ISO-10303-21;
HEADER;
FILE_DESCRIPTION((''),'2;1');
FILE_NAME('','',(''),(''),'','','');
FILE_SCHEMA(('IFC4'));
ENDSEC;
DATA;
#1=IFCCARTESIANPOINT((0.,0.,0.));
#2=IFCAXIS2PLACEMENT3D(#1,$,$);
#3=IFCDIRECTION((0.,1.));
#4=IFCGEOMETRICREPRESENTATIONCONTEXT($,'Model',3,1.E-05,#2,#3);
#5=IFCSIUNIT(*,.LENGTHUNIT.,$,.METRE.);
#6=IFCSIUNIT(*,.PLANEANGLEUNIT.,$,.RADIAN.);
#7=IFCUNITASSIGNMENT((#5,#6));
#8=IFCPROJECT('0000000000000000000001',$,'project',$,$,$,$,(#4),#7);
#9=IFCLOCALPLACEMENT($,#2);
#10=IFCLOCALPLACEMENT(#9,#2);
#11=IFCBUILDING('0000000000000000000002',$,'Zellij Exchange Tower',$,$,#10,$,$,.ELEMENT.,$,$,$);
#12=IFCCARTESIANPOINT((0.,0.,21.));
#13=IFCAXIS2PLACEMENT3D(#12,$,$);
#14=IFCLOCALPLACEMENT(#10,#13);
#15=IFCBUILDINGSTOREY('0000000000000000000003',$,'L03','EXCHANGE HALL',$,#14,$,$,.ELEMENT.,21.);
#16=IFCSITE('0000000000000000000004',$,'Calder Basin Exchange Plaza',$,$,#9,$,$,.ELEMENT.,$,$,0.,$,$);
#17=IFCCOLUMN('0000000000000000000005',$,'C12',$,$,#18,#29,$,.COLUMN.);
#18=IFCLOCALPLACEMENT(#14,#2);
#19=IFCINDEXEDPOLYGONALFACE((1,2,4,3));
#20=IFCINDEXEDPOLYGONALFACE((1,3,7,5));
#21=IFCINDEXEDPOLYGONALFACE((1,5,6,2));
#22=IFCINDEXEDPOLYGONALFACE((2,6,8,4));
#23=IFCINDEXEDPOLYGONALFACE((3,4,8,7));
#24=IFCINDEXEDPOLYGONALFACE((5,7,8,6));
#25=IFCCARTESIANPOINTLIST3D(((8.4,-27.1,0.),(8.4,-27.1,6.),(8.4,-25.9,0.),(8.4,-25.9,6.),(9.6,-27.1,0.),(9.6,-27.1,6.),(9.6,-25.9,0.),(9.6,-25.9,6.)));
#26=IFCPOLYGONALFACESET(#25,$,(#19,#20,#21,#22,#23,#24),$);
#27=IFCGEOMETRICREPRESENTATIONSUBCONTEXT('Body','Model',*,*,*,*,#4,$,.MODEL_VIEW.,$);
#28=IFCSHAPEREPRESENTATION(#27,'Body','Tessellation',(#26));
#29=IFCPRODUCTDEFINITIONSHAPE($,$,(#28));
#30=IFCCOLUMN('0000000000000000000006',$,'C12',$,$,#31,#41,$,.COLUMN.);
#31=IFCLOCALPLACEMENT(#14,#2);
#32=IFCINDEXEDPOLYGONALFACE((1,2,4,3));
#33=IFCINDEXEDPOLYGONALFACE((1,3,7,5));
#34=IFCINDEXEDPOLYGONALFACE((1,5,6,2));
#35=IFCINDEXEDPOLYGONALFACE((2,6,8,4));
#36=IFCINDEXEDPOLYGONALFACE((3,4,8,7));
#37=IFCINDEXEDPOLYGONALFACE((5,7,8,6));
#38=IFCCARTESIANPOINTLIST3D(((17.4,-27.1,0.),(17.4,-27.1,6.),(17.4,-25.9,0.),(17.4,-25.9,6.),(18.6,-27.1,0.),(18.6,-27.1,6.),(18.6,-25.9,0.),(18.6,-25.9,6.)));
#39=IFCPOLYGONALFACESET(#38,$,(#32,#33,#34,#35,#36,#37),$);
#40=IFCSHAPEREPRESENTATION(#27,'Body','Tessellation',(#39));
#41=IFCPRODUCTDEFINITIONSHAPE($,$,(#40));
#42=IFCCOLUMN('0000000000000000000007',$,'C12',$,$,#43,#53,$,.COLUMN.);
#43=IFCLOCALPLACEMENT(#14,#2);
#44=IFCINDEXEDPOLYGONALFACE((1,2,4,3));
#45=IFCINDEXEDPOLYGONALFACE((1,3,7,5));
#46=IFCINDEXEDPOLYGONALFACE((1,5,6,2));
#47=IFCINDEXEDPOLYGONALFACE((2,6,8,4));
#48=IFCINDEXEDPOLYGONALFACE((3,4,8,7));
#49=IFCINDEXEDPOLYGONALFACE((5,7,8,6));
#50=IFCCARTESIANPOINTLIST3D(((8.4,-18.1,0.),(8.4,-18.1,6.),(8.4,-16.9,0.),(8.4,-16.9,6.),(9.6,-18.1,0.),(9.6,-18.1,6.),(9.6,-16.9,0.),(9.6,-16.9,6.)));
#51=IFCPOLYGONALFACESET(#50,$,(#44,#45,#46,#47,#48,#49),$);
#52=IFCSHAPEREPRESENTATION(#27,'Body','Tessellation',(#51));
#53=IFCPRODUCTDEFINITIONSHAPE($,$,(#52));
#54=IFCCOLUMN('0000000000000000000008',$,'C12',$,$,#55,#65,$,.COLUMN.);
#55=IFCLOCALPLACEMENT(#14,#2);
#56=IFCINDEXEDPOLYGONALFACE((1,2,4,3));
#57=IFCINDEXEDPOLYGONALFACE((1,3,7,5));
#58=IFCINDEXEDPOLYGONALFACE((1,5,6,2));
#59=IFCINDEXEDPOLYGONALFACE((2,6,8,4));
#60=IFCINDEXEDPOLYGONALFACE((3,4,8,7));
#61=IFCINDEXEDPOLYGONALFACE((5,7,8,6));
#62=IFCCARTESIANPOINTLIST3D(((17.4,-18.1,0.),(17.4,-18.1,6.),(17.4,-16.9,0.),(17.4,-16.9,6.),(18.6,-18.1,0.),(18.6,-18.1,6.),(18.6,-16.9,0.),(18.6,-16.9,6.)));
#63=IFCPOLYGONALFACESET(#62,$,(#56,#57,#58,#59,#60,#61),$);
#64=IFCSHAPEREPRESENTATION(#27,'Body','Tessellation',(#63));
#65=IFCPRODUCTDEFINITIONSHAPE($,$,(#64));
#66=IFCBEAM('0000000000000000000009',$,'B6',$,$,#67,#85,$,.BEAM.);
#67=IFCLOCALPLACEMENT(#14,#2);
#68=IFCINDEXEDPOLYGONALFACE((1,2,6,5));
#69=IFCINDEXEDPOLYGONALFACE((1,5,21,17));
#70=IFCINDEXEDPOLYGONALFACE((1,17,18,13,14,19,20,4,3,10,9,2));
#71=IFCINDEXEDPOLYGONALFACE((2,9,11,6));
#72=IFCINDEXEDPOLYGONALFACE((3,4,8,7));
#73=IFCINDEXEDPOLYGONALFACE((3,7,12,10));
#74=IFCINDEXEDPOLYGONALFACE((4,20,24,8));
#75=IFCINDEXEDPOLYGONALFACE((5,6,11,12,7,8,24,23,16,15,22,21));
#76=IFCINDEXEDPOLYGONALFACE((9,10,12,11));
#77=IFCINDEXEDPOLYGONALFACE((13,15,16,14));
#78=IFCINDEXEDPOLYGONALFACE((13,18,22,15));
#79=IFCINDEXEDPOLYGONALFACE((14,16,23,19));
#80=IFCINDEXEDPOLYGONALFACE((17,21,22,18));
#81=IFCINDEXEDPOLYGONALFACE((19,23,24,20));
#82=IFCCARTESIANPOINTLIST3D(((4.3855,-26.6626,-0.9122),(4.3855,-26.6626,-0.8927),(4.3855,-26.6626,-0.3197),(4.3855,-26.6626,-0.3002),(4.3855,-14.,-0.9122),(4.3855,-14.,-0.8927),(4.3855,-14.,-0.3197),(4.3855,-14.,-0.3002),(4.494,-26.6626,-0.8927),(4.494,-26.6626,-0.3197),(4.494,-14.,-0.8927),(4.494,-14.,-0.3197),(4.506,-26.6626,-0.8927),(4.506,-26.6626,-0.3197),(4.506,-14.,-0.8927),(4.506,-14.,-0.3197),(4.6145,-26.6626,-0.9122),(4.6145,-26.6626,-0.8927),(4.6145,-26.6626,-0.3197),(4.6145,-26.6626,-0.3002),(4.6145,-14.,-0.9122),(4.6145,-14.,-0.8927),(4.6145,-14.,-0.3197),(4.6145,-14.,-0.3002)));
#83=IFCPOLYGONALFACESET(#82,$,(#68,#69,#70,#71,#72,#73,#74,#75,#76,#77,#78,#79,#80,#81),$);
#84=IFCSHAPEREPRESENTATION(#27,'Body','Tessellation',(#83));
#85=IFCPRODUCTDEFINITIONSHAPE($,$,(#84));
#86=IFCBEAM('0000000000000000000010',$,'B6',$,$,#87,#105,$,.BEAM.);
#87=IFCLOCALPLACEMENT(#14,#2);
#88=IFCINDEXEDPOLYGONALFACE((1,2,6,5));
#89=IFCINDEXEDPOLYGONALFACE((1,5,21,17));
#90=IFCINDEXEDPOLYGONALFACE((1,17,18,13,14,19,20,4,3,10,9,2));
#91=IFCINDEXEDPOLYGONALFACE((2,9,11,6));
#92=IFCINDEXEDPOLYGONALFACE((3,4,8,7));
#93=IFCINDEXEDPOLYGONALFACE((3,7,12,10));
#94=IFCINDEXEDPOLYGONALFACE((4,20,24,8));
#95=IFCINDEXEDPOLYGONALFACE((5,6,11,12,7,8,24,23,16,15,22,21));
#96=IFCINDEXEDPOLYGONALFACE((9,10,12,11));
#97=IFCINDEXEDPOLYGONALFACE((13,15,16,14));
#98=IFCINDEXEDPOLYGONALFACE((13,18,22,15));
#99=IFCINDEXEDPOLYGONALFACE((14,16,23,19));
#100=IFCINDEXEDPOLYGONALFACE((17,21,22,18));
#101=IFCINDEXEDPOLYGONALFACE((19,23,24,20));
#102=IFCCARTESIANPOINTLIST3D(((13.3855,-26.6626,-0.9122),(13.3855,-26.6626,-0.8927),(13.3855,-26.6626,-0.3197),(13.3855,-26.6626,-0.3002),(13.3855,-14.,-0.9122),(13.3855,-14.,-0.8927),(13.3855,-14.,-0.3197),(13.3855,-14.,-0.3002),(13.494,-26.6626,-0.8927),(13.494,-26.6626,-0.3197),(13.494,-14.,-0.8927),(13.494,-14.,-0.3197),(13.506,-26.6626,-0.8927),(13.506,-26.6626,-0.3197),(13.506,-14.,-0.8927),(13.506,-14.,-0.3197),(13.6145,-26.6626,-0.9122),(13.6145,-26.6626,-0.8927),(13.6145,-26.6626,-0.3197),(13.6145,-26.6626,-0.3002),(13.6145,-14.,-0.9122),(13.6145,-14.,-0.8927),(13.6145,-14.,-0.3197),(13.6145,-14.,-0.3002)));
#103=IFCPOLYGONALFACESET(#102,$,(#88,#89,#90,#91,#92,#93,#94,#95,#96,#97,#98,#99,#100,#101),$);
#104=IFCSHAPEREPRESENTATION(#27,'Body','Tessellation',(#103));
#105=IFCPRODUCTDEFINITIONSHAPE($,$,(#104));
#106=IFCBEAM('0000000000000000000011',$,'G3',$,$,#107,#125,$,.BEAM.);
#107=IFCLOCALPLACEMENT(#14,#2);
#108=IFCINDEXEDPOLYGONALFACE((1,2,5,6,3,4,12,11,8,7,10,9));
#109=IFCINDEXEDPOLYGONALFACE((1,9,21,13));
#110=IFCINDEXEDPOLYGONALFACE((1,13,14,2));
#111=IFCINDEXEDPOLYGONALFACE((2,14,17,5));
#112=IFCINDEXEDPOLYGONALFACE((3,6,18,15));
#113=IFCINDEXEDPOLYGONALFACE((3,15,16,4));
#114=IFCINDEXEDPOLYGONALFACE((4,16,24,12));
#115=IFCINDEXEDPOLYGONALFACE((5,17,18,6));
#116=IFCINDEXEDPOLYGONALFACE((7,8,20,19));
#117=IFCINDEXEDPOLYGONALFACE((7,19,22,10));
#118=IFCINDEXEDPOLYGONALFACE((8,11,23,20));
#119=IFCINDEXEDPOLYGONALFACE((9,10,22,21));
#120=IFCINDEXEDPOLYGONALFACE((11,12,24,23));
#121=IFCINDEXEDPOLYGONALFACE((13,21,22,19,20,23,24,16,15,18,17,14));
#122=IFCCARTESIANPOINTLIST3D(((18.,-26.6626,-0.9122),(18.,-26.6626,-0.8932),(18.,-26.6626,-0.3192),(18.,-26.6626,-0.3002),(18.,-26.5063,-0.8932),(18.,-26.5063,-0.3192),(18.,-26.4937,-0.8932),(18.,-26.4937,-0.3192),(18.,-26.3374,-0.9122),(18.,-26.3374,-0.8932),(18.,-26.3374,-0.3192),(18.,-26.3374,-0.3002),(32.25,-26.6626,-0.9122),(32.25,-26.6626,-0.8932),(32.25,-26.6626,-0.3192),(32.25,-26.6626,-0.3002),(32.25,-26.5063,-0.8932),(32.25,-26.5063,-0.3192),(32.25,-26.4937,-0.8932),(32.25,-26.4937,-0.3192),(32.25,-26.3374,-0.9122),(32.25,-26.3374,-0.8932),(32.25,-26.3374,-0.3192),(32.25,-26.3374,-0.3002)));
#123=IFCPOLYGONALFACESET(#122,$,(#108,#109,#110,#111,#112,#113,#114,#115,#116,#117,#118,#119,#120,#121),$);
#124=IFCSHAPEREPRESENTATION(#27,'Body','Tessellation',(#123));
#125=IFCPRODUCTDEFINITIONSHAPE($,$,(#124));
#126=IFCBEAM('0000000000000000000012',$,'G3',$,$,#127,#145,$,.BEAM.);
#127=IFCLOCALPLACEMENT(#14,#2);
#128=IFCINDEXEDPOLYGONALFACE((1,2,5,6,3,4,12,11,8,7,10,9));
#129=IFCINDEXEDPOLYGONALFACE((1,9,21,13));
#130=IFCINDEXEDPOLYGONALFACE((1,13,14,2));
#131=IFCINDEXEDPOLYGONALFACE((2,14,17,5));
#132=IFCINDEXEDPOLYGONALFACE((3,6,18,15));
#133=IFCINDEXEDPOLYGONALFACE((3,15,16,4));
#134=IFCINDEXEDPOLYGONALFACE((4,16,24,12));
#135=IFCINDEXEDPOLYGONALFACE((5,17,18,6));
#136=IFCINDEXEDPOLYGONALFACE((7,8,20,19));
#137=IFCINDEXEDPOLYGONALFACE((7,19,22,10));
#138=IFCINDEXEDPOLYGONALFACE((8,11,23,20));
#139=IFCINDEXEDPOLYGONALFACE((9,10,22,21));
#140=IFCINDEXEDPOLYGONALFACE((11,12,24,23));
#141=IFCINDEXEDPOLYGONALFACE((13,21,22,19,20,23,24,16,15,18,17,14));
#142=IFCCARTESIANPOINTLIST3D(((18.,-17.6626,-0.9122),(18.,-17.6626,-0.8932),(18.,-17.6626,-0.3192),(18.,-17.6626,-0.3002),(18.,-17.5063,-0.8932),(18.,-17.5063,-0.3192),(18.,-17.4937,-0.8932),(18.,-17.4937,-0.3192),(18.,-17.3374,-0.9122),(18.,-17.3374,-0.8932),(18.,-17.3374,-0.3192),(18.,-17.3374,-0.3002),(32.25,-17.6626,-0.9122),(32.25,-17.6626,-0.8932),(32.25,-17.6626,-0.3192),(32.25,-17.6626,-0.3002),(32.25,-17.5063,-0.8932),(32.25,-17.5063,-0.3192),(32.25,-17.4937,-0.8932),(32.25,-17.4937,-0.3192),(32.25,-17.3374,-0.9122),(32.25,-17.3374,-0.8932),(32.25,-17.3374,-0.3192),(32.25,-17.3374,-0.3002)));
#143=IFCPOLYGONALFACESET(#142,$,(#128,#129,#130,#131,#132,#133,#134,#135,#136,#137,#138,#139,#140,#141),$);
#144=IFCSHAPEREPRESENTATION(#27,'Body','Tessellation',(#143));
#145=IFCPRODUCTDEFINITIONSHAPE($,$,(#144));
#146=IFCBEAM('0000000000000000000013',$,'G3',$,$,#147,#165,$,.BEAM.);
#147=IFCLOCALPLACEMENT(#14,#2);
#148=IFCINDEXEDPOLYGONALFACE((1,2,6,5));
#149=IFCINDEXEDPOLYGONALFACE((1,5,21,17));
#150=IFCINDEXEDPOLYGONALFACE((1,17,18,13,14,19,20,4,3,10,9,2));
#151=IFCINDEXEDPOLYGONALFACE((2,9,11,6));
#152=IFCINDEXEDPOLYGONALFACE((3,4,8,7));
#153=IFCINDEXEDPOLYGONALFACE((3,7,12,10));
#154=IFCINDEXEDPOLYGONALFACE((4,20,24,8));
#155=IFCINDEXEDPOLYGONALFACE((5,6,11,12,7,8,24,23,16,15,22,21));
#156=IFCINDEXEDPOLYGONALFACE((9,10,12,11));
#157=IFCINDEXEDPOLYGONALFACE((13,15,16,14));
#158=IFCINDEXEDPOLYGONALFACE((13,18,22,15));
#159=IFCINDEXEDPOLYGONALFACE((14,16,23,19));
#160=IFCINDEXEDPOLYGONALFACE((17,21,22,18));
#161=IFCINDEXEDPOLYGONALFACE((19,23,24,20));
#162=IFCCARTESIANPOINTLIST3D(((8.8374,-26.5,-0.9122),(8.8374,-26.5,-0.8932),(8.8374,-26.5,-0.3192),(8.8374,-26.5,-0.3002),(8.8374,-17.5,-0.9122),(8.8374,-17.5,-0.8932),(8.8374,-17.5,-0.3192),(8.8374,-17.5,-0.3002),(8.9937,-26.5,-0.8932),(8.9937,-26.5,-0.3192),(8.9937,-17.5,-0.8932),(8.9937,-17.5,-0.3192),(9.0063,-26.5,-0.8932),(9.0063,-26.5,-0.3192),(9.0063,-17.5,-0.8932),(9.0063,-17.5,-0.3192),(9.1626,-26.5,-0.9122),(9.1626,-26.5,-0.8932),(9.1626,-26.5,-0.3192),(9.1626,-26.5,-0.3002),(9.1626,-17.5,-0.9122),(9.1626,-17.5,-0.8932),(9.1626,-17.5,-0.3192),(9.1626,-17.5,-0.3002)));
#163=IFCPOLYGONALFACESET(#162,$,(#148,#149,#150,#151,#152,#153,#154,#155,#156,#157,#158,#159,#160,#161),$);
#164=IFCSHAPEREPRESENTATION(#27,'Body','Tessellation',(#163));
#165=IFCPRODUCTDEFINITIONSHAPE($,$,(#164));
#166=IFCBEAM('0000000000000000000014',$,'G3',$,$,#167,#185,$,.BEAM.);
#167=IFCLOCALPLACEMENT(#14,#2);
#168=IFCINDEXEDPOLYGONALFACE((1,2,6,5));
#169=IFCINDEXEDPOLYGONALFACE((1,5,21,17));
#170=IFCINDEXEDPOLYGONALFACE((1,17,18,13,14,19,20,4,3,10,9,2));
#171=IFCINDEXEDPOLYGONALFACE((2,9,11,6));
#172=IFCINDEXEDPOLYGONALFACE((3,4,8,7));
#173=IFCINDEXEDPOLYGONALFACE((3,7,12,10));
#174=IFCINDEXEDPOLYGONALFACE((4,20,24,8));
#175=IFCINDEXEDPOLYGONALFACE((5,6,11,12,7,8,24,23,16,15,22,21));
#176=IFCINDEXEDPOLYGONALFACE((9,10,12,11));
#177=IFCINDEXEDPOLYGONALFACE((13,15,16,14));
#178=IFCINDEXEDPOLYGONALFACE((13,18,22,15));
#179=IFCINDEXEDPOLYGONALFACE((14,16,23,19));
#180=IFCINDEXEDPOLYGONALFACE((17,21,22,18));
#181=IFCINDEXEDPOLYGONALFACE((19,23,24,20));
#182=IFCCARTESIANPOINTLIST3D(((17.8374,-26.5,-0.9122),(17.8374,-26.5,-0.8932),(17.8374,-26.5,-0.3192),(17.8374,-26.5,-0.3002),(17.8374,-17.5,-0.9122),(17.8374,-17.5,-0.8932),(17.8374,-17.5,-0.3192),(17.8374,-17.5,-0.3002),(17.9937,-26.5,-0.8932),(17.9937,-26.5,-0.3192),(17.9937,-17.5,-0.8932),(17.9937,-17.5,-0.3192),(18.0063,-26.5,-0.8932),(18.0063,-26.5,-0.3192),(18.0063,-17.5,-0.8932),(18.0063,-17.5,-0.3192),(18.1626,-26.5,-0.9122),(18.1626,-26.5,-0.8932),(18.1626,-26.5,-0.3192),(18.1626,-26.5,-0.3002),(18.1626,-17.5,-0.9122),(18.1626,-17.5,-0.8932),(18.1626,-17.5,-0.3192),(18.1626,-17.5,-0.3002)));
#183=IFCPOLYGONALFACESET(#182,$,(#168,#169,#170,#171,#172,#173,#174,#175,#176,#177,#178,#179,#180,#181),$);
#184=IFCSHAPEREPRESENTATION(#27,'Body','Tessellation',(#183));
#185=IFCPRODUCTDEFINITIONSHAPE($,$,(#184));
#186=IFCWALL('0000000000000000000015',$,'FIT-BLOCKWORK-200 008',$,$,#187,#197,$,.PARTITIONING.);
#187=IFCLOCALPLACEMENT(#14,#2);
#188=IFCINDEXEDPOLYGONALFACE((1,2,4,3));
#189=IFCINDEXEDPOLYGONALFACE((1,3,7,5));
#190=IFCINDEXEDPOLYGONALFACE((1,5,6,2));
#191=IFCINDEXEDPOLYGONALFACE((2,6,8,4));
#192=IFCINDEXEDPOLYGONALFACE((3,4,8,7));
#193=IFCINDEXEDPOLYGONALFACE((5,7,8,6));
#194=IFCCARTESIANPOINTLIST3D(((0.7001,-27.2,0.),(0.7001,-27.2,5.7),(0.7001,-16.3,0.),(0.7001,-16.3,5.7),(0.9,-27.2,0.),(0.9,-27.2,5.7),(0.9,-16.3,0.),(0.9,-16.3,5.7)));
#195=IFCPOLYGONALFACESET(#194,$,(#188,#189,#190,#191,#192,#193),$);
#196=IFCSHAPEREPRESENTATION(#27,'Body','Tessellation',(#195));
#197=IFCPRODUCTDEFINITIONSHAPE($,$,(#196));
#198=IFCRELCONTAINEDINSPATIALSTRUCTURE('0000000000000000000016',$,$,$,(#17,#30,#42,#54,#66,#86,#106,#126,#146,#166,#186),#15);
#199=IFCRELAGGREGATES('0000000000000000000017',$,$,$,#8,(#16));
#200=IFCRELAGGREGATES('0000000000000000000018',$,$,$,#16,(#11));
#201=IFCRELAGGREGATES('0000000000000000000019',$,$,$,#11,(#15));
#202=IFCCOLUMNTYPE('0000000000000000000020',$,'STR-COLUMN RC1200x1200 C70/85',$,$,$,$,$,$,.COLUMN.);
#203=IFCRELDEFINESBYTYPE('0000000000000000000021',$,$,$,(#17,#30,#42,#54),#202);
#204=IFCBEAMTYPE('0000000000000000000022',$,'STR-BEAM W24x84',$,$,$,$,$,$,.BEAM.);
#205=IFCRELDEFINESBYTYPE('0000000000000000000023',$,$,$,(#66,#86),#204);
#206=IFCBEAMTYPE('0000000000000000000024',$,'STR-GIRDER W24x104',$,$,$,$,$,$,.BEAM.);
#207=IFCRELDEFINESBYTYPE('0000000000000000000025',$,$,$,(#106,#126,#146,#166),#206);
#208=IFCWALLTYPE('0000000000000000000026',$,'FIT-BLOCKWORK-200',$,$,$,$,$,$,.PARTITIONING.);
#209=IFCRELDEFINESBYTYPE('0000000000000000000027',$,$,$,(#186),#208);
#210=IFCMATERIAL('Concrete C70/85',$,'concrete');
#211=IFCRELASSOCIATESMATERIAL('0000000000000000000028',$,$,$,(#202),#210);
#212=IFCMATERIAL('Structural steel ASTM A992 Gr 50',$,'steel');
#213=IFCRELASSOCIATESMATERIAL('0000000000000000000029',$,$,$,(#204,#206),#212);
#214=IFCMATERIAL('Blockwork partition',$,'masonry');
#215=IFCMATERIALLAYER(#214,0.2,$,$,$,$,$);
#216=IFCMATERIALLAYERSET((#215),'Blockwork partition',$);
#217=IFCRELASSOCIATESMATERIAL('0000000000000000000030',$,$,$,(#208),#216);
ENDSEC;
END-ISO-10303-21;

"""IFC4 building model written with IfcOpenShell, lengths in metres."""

from ifc_helpers import new_model, si_unit, direction, frame, frame_2d, origin, origin_2d, place, context, subcontext, project, spatial, rectangle, i_section, extrude, material, layer, layer_set, material_profile, profile_set, type_object, element, save


model = new_model("IFC4")

# Units and contexts
model_context = context("Model", 3, precision=1e-05, world=origin(), true_north=direction((0.0, 1.0)))
body_context = subcontext(model_context, "Body", "Model", "MODEL_VIEW")
ifc_project = project(units=[si_unit("LENGTHUNIT", "METRE"), si_unit("PLANEANGLEUNIT", "RADIAN")], contexts=[model_context])

# Site, building, storey
site_placement = place(None, origin())
site = spatial("IfcSite", under=ifc_project, at=site_placement, Name="Calder Basin Exchange Plaza", CompositionType="ELEMENT", RefElevation=0.0)
building_placement = place(site_placement, origin())
building = spatial("IfcBuilding", under=site, at=building_placement, Name="Zellij Exchange Tower", CompositionType="ELEMENT")
storey_placement = place(building_placement, frame((0.0, 0.0, 21.0)))
storey = spatial("IfcBuildingStorey", under=building, at=storey_placement, Name="L03", Description="EXCHANGE HALL", CompositionType="ELEMENT", Elevation=21.0)

# Columns
ifc_material_1 = material(Name="Concrete C70/85", Category="concrete")
ifc_material_profile_1 = material_profile(ifc_material_1, rectangle(XDim=1.2, YDim=1.2, at=origin_2d()), Name="STR-COLUMN RC1200x1200 C70/85")
ifc_profile_set_1 = profile_set([ifc_material_profile_1], Name="Concrete C70/85")
column_type = type_object("IfcColumnType", Name="STR-COLUMN RC1200x1200 C70/85", PredefinedType="COLUMN", material=ifc_profile_set_1)
for number, where, z_axis, x_axis, name in (
    (1, (9.0, -26.5, 0.0), (0.0, 0.0, 1.0), (1.0, 0.0, 0.0), "C12"),
    (2, (18.0, -26.5, 0.0), (0.0, 0.0, 1.0), (1.0, 0.0, 0.0), "C12"),
    (3, (9.0, -17.5, 0.0), (0.0, 0.0, 1.0), (1.0, 0.0, 0.0), "C12"),
    (4, (18.0, -17.5, 0.0), (0.0, 0.0, 1.0), (1.0, 0.0, 0.0), "C12"),
):
    element("IfcColumn", number, at=place(storey_placement, frame(where, z_axis=z_axis, x_axis=x_axis)), inside=storey, type_object=column_type, Name=name, PredefinedType="COLUMN", context=body_context, shape_type="SweptSolid", body=[
        extrude(rectangle(XDim=1.2, YDim=1.2, at=origin_2d()), origin(), (0.0, 0.0, 1.0), 6.0),
    ])

# Beams
ifc_material_2 = material(Name="Structural steel ASTM A992 Gr 50", Category="steel")
ifc_material_profile_2 = material_profile(ifc_material_2, i_section(OverallWidth=0.229, OverallDepth=0.6121, WebThickness=0.012, FlangeThickness=0.0195, at=origin_2d()), Name="W24x84")
ifc_profile_set_2 = profile_set([ifc_material_profile_2], Name="Structural steel ASTM A992 Gr 50")
beam_type_1 = type_object("IfcBeamType", Name="STR-BEAM W24x84", PredefinedType="BEAM", material=ifc_profile_set_2)
for number, where, z_axis, x_axis, name in (
    (5, (4.5, -26.6626, -0.6062), (0.0, 1.0, 0.0), (-1.0, 0.0, 0.0), "B6"),
    (6, (13.5, -26.6626, -0.6062), (0.0, 1.0, 0.0), (-1.0, 0.0, 0.0), "B6"),
):
    element("IfcBeam", number, at=place(storey_placement, frame(where, z_axis=z_axis, x_axis=x_axis)), inside=storey, type_object=beam_type_1, Name=name, PredefinedType="BEAM", context=body_context, shape_type="SweptSolid", body=[
        extrude(i_section(OverallWidth=0.229, OverallDepth=0.6121, WebThickness=0.012, FlangeThickness=0.0195, at=origin_2d()), origin(), (0.0, 0.0, 1.0), 12.6626),
    ])
ifc_material_profile_3 = material_profile(ifc_material_2, i_section(OverallWidth=0.3252, OverallDepth=0.6121, WebThickness=0.0127, FlangeThickness=0.019, at=origin_2d()), Name="W24x104")
ifc_profile_set_3 = profile_set([ifc_material_profile_3], Name="Structural steel ASTM A992 Gr 50")
beam_type_2 = type_object("IfcBeamType", Name="STR-GIRDER W24x104", PredefinedType="BEAM", material=ifc_profile_set_3)
for number, where, z_axis, x_axis, name in (
    (7, (18.0, -26.5, -0.6062), (1.0, 0.0, 0.0), (0.0, 1.0, 0.0), "G3"),
    (8, (18.0, -17.5, -0.6062), (1.0, 0.0, 0.0), (0.0, 1.0, 0.0), "G3"),
):
    element("IfcBeam", number, at=place(storey_placement, frame(where, z_axis=z_axis, x_axis=x_axis)), inside=storey, type_object=beam_type_2, Name=name, PredefinedType="BEAM", context=body_context, shape_type="SweptSolid", body=[
        extrude(i_section(OverallWidth=0.3252, OverallDepth=0.6121, WebThickness=0.0127, FlangeThickness=0.019, at=origin_2d()), origin(), (0.0, 0.0, 1.0), 14.25),
    ])
for number, where, z_axis, x_axis, name in (
    (9, (9.0, -26.5, -0.6062), (0.0, 1.0, 0.0), (-1.0, 0.0, 0.0), "G3"),
    (10, (18.0, -26.5, -0.6062), (0.0, 1.0, 0.0), (-1.0, 0.0, 0.0), "G3"),
):
    element("IfcBeam", number, at=place(storey_placement, frame(where, z_axis=z_axis, x_axis=x_axis)), inside=storey, type_object=beam_type_2, Name=name, PredefinedType="BEAM", context=body_context, shape_type="SweptSolid", body=[
        extrude(i_section(OverallWidth=0.3252, OverallDepth=0.6121, WebThickness=0.0127, FlangeThickness=0.019, at=origin_2d()), origin(), (0.0, 0.0, 1.0), 9.0),
    ])

# Wall
ifc_material_3 = material(Name="Blockwork partition", Category="masonry")
ifc_layer_1 = layer(ifc_material_3, 0.2)
ifc_layer_set_1 = layer_set([ifc_layer_1], Name="Blockwork partition")
wall_type_1 = type_object("IfcWallType", Name="FIT-BLOCKWORK-200", PredefinedType="PARTITIONING", material=ifc_layer_set_1)
wall_1_placement = place(storey_placement, frame((0.8, -27.2, 0.0), z_axis=(0.0, 0.0, 1.0), x_axis=(0.0, 1.0, 0.0)))
element("IfcWall", 11, at=wall_1_placement, inside=storey, type_object=wall_type_1, Name="FIT-BLOCKWORK-200 008", PredefinedType="PARTITIONING", context=body_context, shape_type="SweptSolid", body=[
    extrude(rectangle(XDim=10.8999, YDim=0.2, at=frame_2d((5.45, 0.0))), origin(), (0.0, 0.0, 1.0), 5.7),
])

save(model, "model.ifc")
